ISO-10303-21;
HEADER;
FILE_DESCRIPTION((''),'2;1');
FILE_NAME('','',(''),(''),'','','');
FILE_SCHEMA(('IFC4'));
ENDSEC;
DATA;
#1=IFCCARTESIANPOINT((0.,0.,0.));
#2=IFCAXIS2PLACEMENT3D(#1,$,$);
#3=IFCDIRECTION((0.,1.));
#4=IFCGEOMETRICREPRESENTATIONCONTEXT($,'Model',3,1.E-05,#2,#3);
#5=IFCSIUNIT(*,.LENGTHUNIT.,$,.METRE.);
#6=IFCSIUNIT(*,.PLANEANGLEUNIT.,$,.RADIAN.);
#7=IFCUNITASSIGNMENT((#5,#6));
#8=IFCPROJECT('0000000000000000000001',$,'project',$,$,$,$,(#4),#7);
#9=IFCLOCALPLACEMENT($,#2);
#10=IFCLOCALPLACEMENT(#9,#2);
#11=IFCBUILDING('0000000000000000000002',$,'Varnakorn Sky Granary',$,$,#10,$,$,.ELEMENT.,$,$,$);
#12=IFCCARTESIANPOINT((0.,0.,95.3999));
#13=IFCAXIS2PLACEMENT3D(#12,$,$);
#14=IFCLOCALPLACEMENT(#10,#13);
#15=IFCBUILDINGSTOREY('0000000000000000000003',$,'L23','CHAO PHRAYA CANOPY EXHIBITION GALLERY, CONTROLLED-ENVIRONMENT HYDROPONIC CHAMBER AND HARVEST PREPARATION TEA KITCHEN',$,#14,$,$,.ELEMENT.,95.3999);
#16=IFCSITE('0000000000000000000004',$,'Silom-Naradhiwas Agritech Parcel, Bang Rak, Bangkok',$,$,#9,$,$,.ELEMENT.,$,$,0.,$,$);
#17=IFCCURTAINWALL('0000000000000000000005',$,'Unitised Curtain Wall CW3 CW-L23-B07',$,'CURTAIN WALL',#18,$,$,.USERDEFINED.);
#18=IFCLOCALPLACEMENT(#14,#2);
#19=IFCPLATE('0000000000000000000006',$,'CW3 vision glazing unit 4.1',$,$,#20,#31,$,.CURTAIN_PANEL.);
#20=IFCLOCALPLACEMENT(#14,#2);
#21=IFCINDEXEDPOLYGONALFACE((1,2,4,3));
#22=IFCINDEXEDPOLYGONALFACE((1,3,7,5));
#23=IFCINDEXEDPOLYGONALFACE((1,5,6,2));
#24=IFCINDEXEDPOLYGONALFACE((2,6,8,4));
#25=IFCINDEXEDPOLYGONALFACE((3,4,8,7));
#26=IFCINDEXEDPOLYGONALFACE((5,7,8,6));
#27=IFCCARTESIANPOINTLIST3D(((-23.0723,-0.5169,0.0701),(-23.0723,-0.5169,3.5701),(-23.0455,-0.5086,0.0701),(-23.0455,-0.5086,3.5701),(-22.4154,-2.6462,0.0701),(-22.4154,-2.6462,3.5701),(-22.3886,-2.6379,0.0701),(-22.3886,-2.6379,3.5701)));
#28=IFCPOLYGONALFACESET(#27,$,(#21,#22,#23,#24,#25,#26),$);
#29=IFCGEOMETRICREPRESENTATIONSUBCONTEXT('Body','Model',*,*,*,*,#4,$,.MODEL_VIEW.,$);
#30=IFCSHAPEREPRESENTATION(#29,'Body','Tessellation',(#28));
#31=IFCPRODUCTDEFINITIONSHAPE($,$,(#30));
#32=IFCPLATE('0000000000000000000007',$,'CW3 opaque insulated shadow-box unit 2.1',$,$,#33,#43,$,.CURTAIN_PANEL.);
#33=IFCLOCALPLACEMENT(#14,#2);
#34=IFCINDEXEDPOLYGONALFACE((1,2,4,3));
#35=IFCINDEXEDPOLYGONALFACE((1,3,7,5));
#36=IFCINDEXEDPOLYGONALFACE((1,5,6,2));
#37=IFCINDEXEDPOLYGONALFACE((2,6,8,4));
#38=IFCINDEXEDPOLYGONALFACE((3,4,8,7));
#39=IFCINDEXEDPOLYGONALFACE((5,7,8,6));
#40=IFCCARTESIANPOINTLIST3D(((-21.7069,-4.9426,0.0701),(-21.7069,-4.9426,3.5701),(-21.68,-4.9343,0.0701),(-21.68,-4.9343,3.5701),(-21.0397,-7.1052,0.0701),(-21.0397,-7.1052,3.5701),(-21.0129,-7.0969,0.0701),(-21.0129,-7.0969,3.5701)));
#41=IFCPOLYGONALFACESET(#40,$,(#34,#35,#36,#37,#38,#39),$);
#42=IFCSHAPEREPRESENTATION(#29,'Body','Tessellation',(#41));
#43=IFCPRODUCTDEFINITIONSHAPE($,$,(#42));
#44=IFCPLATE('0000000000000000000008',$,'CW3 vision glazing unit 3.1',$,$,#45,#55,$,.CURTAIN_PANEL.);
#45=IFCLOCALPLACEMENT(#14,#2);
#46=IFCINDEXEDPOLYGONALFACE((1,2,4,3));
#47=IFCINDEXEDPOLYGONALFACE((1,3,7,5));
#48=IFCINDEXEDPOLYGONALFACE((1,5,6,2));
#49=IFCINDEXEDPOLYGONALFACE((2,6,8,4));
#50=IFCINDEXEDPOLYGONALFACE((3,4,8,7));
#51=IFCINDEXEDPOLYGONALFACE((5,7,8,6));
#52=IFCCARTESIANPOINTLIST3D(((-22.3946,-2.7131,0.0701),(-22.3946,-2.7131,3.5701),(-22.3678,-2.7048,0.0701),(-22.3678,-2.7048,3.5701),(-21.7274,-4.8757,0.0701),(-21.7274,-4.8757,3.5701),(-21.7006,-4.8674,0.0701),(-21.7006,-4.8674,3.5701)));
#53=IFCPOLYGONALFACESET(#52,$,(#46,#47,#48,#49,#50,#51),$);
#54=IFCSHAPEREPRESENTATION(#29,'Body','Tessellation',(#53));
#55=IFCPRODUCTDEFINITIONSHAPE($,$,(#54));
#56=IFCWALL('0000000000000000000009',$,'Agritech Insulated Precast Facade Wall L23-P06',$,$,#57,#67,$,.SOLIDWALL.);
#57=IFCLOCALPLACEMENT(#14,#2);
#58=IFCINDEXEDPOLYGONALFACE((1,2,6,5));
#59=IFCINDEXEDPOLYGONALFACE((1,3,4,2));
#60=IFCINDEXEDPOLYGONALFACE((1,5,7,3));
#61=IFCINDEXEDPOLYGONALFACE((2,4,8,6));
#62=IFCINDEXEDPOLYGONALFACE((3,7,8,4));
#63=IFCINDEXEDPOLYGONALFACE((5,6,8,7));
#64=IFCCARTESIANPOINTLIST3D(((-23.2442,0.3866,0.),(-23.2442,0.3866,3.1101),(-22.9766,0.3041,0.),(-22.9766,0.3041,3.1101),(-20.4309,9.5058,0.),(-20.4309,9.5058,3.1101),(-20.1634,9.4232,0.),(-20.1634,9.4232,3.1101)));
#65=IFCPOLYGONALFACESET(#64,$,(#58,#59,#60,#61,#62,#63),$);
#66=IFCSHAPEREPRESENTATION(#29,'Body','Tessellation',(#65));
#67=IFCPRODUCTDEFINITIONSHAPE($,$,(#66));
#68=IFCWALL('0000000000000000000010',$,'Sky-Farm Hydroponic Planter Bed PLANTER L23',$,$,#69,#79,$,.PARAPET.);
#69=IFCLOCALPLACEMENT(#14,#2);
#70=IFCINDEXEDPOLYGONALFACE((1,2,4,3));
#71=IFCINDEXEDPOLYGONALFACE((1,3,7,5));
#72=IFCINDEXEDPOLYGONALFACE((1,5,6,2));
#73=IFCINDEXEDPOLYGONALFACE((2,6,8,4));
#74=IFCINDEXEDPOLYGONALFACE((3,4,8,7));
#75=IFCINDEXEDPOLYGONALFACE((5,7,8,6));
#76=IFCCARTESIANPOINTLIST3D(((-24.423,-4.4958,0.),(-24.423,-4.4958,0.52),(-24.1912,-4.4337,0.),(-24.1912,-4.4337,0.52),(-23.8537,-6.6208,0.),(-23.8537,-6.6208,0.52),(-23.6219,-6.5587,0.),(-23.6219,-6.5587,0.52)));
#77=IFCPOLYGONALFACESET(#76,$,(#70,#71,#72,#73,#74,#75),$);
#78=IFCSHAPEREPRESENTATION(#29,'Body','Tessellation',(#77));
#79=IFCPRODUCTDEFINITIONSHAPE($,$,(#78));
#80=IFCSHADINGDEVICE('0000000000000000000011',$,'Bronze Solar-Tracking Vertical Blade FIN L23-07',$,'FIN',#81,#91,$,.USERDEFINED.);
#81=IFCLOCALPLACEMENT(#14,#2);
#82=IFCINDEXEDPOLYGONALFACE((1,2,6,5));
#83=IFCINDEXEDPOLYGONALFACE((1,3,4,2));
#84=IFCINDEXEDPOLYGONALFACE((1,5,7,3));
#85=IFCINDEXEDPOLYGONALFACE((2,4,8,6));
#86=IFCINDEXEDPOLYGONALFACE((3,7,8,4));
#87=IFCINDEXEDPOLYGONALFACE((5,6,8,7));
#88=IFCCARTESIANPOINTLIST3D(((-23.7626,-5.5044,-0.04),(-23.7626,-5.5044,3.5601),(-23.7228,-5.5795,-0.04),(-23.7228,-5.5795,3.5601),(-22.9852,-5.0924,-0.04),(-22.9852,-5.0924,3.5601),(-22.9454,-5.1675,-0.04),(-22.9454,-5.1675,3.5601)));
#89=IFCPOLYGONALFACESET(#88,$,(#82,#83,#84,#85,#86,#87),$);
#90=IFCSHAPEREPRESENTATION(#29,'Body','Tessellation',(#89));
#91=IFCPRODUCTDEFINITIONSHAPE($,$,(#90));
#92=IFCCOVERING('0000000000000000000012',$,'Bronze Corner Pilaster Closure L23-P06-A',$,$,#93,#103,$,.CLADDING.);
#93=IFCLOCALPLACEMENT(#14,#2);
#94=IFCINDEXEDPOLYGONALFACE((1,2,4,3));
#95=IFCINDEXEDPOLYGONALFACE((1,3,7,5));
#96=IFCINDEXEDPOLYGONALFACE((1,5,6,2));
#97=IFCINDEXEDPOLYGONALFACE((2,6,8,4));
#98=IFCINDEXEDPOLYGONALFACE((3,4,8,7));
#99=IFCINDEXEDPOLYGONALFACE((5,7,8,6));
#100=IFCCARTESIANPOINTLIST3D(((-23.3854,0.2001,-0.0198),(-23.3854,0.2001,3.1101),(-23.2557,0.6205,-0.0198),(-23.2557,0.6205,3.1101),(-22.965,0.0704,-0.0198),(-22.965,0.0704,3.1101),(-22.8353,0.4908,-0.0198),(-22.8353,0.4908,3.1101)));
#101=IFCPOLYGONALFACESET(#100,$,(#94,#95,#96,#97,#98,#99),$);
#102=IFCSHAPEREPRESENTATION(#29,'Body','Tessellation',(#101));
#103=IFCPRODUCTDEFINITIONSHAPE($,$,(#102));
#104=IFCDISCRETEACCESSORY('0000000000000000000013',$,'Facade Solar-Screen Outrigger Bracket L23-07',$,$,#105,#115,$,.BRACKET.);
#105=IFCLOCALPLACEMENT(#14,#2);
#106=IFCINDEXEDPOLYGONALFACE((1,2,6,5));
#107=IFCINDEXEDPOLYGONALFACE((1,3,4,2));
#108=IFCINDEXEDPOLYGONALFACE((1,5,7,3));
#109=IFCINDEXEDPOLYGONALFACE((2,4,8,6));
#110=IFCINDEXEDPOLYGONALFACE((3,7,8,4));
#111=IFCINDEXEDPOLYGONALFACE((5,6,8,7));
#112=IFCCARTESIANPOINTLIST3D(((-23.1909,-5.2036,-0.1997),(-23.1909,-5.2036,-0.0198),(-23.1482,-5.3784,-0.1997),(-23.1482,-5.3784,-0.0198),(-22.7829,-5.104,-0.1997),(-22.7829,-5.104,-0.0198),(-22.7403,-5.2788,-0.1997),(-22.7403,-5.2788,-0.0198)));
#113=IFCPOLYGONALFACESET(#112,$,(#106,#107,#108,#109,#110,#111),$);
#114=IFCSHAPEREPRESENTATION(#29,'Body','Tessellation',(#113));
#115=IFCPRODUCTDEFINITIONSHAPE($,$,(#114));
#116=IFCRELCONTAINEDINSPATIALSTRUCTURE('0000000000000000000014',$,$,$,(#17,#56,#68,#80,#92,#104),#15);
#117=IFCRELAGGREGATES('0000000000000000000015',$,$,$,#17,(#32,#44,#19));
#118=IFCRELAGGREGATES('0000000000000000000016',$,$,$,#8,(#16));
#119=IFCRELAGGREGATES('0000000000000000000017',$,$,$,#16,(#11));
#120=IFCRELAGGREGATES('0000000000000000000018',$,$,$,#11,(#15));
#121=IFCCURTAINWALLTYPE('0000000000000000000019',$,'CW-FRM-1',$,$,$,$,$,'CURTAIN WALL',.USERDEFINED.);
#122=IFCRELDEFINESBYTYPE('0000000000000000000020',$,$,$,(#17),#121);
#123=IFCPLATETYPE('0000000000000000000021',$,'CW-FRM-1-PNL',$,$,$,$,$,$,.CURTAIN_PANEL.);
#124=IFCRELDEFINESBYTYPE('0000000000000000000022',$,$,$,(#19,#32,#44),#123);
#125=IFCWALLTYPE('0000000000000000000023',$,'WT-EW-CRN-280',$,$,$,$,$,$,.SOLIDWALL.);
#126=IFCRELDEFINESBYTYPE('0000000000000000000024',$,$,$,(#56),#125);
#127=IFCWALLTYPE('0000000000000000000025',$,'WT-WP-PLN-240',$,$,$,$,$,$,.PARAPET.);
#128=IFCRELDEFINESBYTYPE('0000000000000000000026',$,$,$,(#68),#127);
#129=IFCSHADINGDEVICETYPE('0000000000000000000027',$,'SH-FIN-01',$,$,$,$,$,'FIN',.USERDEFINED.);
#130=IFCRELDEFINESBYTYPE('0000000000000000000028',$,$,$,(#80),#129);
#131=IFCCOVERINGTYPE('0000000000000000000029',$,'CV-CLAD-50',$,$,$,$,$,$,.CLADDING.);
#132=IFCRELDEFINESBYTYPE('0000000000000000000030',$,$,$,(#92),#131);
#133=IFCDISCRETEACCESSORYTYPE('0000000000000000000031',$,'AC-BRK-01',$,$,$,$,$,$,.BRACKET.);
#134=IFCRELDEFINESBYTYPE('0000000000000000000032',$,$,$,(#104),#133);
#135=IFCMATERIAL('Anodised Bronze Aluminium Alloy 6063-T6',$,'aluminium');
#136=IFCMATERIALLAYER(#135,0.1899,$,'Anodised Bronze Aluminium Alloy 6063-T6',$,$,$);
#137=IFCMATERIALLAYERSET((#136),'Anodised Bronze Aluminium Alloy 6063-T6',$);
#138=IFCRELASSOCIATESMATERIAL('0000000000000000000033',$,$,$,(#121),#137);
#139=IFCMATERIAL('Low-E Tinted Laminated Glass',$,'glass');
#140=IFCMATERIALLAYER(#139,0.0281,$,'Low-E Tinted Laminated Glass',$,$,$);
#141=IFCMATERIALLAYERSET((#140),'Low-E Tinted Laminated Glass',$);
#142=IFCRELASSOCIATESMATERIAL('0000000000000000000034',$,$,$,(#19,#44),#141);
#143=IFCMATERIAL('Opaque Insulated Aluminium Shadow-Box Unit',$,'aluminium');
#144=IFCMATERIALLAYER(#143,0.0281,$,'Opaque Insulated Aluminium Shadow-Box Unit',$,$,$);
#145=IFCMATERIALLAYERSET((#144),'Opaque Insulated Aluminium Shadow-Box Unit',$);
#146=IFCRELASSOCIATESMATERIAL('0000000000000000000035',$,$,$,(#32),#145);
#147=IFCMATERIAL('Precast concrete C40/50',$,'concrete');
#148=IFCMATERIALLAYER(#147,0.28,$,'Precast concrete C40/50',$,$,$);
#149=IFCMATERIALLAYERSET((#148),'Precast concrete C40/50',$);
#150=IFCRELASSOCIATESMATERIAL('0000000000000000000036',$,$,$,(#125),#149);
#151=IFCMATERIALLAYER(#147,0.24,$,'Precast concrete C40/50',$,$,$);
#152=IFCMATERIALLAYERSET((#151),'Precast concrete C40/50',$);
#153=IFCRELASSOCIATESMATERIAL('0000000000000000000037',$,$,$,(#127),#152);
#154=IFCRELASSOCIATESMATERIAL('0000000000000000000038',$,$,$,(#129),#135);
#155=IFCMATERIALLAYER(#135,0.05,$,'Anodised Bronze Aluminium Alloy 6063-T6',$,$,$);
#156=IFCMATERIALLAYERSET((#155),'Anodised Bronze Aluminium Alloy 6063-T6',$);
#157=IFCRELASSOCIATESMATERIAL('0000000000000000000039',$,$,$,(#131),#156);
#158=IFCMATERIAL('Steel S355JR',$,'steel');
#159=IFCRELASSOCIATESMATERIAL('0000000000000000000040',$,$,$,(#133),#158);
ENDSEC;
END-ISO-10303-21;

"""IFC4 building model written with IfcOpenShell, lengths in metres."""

from ifc_helpers import new_model, si_unit, direction, frame, frame_2d, origin, origin_2d, place, context, subcontext, project, spatial, rectangle, extrude, source, transform, mapped, material, layer, layer_set, type_object, type_shapes, element, aggregate, save


model = new_model("IFC4")

# Units and contexts
model_context = context("Model", 3, precision=1e-05, world=origin(), true_north=direction((0.0, 1.0)))
body_context = subcontext(model_context, "Body", "Model", "MODEL_VIEW")
ifc_project = project(units=[si_unit("LENGTHUNIT", "METRE"), si_unit("PLANEANGLEUNIT", "RADIAN")], contexts=[model_context])

# Site, building, storey
site_placement = place(None, origin())
site = spatial("IfcSite", under=ifc_project, at=site_placement, Name="Silom-Naradhiwas Agritech Parcel, Bang Rak, Bangkok", CompositionType="ELEMENT", RefElevation=0.0)
building_placement = place(site_placement, origin())
building = spatial("IfcBuilding", under=site, at=building_placement, Name="Varnakorn Sky Granary", CompositionType="ELEMENT")
storey_placement = place(building_placement, frame((0.0, 0.0, 95.3999)))
storey = spatial("IfcBuildingStorey", under=building, at=storey_placement, Name="L23", Description="CHAO PHRAYA CANOPY EXHIBITION GALLERY, CONTROLLED-ENVIRONMENT HYDROPONIC CHAMBER AND HARVEST PREPARATION TEA KITCHEN", CompositionType="ELEMENT", Elevation=95.3999)

# Shared definitions
ifc_material_1 = material(Name="Steel S355JR", Category="steel")

# Curtain wall
ifc_material_2 = material(Name="Anodised Bronze Aluminium Alloy 6063-T6", Category="aluminium")
ifc_layer_1 = layer(ifc_material_2, 0.1899, Name="Anodised Bronze Aluminium Alloy 6063-T6")
ifc_layer_set_1 = layer_set([ifc_layer_1], Name="Anodised Bronze Aluminium Alloy 6063-T6")
curtain_wall_type = type_object("IfcCurtainWallType", Name="CW-FRM-1", ElementType="CURTAIN WALL", PredefinedType="USERDEFINED", material=ifc_layer_set_1)
curtain_wall_1_placement = place(storey_placement, origin())
curtain_wall_1 = element("IfcCurtainWall", 1, at=curtain_wall_1_placement, inside=storey, type_object=curtain_wall_type, Name="Unitised Curtain Wall CW3 CW-L23-B07", ObjectType="CURTAIN WALL", PredefinedType="USERDEFINED")

# Plates
ifc_material_3 = material(Name="Opaque Insulated Aluminium Shadow-Box Unit", Category="aluminium")
ifc_layer_2 = layer(ifc_material_3, 0.0281, Name="Opaque Insulated Aluminium Shadow-Box Unit")
ifc_layer_set_2 = layer_set([ifc_layer_2], Name="Opaque Insulated Aluminium Shadow-Box Unit")
plate_type = type_object("IfcPlateType", Name="CW-FRM-1-PNL", PredefinedType="CURTAIN_PANEL")
ifc_material_4 = material(Name="Low-E Tinted Laminated Glass", Category="glass")
ifc_layer_3 = layer(ifc_material_4, 0.0281, Name="Low-E Tinted Laminated Glass")
ifc_layer_set_3 = layer_set([ifc_layer_3], Name="Low-E Tinted Laminated Glass")
shared_shape_1 = source(origin(), body_context, "Body", "SweptSolid", [
    extrude(rectangle(XDim=2.2283, YDim=0.0281, at=origin_2d()), origin(), (0.0, 0.0, 1.0), 3.5),
])
plate_1_placement = place(storey_placement, frame((-22.7305, -1.5774, 0.0701), z_axis=(0.0, 0.0, 1.0), x_axis=(-0.294798, 0.95556, 0.0)))
plate_1 = element("IfcPlate", 2, at=plate_1_placement, type_object=plate_type, material=ifc_layer_set_3, Name="CW3 vision glazing unit 4.1", PredefinedType="CURTAIN_PANEL", context=body_context, shape_type="MappedRepresentation", body=[
    mapped(shared_shape_1, transform((0.0, 0.0, 0.0), x_axis=(1.0, 0.0, 0.0), y_axis=(0.0, 1.0, 0.0), z_axis=(0.0, 0.0, 1.0), scale=1.0)),
])
shared_shape_2 = source(origin(), body_context, "Body", "SweptSolid", [
    extrude(rectangle(XDim=2.2632, YDim=0.0281, at=origin_2d()), origin(), (0.0, 0.0, 1.0), 3.5),
])
plate_2_placement = place(storey_placement, frame((-21.3599, -6.0198, 0.0701), z_axis=(0.0, 0.0, 1.0), x_axis=(-0.294798, 0.95556, 0.0)))
plate_2 = element("IfcPlate", 3, at=plate_2_placement, type_object=plate_type, material=ifc_layer_set_2, Name="CW3 opaque insulated shadow-box unit 2.1", PredefinedType="CURTAIN_PANEL", context=body_context, shape_type="MappedRepresentation", body=[
    mapped(shared_shape_2, transform((0.0, 0.0, 0.0), x_axis=(1.0, 0.0, 0.0), y_axis=(0.0, 1.0, 0.0), z_axis=(0.0, 0.0, 1.0), scale=1.0)),
])
plate_3_placement = place(storey_placement, frame((-22.0476, -3.7903, 0.0701), z_axis=(0.0, 0.0, 1.0), x_axis=(-0.294798, 0.95556, 0.0)))
plate_3 = element("IfcPlate", 4, at=plate_3_placement, type_object=plate_type, material=ifc_layer_set_3, Name="CW3 vision glazing unit 3.1", PredefinedType="CURTAIN_PANEL", context=body_context, shape_type="MappedRepresentation", body=[
    mapped(shared_shape_2, transform((0.0, 0.0, 0.0), x_axis=(1.0, 0.0, 0.0), y_axis=(0.0, 1.0, 0.0), z_axis=(0.0, 0.0, 1.0), scale=1.0)),
])
aggregate(curtain_wall_1, [plate_2, plate_3, plate_1])

# Walls
ifc_material_5 = material(Name="Precast concrete C40/50", Category="concrete")
ifc_layer_4 = layer(ifc_material_5, 0.28, Name="Precast concrete C40/50")
ifc_layer_set_4 = layer_set([ifc_layer_4], Name="Precast concrete C40/50")
wall_type_1 = type_object("IfcWallType", Name="WT-EW-CRN-280", PredefinedType="SOLIDWALL", material=ifc_layer_set_4)
wall_1_placement = place(storey_placement, frame((-23.1104, 0.3455, 0.0), z_axis=(0.0, 0.0, 1.0), x_axis=(0.294789, 0.955562, 0.0)))
element("IfcWall", 5, at=wall_1_placement, inside=storey, type_object=wall_type_1, Name="Agritech Insulated Precast Facade Wall L23-P06", PredefinedType="SOLIDWALL", context=body_context, shape_type="SweptSolid", body=[
    extrude(rectangle(XDim=9.5432, YDim=0.28, at=frame_2d((4.7715, 0.0))), origin(), (0.0, 0.0, 1.0), 3.1101),
])
ifc_layer_5 = layer(ifc_material_5, 0.24, Name="Precast concrete C40/50")
ifc_layer_set_5 = layer_set([ifc_layer_5], Name="Precast concrete C40/50")
wall_type_2 = type_object("IfcWallType", Name="WT-WP-PLN-240", PredefinedType="PARAPET", material=ifc_layer_set_5)
wall_2_placement = place(storey_placement, frame((-24.3071, -4.4646, 0.0), z_axis=(0.0, 0.0, 1.0), x_axis=(0.258795, -0.965932, 0.0)))
element("IfcWall", 6, at=wall_2_placement, inside=storey, type_object=wall_type_2, Name="Sky-Farm Hydroponic Planter Bed PLANTER L23", PredefinedType="PARAPET", context=body_context, shape_type="SweptSolid", body=[
    extrude(rectangle(XDim=2.2, YDim=0.24, at=frame_2d((1.1001, 0.0))), origin(), (0.0, 0.0, 1.0), 0.52),
])

# Shading device
shading_device_type = type_object("IfcShadingDeviceType", Name="SH-FIN-01", ElementType="FIN", PredefinedType="USERDEFINED", material=ifc_material_2)
shared_shape_3 = source(origin(), body_context, "Body", "SweptSolid", [
    extrude(rectangle(XDim=0.085, YDim=0.8799, at=origin_2d()), origin(), (0.0, 0.0, 1.0), 3.6001),
])
type_shapes(shading_device_type, [shared_shape_3])
shading_device_placement = place(storey_placement, frame((-23.354, -5.3359, -0.04), z_axis=(0.0, 0.0, 1.0), x_axis=(0.468248, -0.883597, 0.0)))
element("IfcShadingDevice", 7, at=shading_device_placement, inside=storey, type_object=shading_device_type, Name="Bronze Solar-Tracking Vertical Blade FIN L23-07", ObjectType="FIN", PredefinedType="USERDEFINED", context=body_context, shape_type="MappedRepresentation", body=[
    mapped(shared_shape_3, transform((0.0, 0.0, 0.0), x_axis=(1.0, 0.0, 0.0), y_axis=(0.0, 1.0, 0.0), z_axis=(0.0, 0.0, 1.0), scale=1.0)),
])

# Covering
ifc_layer_6 = layer(ifc_material_2, 0.05, Name="Anodised Bronze Aluminium Alloy 6063-T6")
ifc_layer_set_6 = layer_set([ifc_layer_6], Name="Anodised Bronze Aluminium Alloy 6063-T6")
covering_type = type_object("IfcCoveringType", Name="CV-CLAD-50", PredefinedType="CLADDING", material=ifc_layer_set_6)
shared_shape_4 = source(origin(), body_context, "Body", "SweptSolid", [
    extrude(rectangle(XDim=0.4399, YDim=0.4399, at=origin_2d()), origin(), (0.0, 0.0, 1.0), 3.1299),
])
type_shapes(covering_type, [shared_shape_4])
covering_placement = place(storey_placement, frame((-23.1104, 0.3455, -0.0198), z_axis=(0.0, 0.0, 1.0), x_axis=(0.294874, 0.955536, 0.0)))
element("IfcCovering", 8, at=covering_placement, inside=storey, type_object=covering_type, Name="Bronze Corner Pilaster Closure L23-P06-A", PredefinedType="CLADDING", context=body_context, shape_type="MappedRepresentation", body=[
    mapped(shared_shape_4, transform((0.0, 0.0, 0.0), x_axis=(1.0, 0.0, 0.0), y_axis=(0.0, 1.0, 0.0), z_axis=(0.0, 0.0, 1.0), scale=1.0)),
])

# Discrete accessory
discrete_accessory_type = type_object("IfcDiscreteAccessoryType", Name="AC-BRK-01", PredefinedType="BRACKET", material=ifc_material_1)
shared_shape_5 = source(origin(), body_context, "Body", "SweptSolid", [
    extrude(rectangle(XDim=0.1799, YDim=0.4199, at=origin_2d()), origin(), (0.0, 0.0, 1.0), 0.1799),
])
type_shapes(discrete_accessory_type, [shared_shape_5])
discrete_accessory_placement = place(storey_placement, frame((-22.9656, -5.2412, -0.1997), z_axis=(0.0, 0.0, 1.0), x_axis=(0.237195, -0.971462, 0.0)))
element("IfcDiscreteAccessory", 9, at=discrete_accessory_placement, inside=storey, type_object=discrete_accessory_type, Name="Facade Solar-Screen Outrigger Bracket L23-07", PredefinedType="BRACKET", context=body_context, shape_type="MappedRepresentation", body=[
    mapped(shared_shape_5, transform((0.0, 0.0, 0.0), x_axis=(1.0, 0.0, 0.0), y_axis=(0.0, 1.0, 0.0), z_axis=(0.0, 0.0, 1.0), scale=1.0)),
])

save(model, "model.ifc")
